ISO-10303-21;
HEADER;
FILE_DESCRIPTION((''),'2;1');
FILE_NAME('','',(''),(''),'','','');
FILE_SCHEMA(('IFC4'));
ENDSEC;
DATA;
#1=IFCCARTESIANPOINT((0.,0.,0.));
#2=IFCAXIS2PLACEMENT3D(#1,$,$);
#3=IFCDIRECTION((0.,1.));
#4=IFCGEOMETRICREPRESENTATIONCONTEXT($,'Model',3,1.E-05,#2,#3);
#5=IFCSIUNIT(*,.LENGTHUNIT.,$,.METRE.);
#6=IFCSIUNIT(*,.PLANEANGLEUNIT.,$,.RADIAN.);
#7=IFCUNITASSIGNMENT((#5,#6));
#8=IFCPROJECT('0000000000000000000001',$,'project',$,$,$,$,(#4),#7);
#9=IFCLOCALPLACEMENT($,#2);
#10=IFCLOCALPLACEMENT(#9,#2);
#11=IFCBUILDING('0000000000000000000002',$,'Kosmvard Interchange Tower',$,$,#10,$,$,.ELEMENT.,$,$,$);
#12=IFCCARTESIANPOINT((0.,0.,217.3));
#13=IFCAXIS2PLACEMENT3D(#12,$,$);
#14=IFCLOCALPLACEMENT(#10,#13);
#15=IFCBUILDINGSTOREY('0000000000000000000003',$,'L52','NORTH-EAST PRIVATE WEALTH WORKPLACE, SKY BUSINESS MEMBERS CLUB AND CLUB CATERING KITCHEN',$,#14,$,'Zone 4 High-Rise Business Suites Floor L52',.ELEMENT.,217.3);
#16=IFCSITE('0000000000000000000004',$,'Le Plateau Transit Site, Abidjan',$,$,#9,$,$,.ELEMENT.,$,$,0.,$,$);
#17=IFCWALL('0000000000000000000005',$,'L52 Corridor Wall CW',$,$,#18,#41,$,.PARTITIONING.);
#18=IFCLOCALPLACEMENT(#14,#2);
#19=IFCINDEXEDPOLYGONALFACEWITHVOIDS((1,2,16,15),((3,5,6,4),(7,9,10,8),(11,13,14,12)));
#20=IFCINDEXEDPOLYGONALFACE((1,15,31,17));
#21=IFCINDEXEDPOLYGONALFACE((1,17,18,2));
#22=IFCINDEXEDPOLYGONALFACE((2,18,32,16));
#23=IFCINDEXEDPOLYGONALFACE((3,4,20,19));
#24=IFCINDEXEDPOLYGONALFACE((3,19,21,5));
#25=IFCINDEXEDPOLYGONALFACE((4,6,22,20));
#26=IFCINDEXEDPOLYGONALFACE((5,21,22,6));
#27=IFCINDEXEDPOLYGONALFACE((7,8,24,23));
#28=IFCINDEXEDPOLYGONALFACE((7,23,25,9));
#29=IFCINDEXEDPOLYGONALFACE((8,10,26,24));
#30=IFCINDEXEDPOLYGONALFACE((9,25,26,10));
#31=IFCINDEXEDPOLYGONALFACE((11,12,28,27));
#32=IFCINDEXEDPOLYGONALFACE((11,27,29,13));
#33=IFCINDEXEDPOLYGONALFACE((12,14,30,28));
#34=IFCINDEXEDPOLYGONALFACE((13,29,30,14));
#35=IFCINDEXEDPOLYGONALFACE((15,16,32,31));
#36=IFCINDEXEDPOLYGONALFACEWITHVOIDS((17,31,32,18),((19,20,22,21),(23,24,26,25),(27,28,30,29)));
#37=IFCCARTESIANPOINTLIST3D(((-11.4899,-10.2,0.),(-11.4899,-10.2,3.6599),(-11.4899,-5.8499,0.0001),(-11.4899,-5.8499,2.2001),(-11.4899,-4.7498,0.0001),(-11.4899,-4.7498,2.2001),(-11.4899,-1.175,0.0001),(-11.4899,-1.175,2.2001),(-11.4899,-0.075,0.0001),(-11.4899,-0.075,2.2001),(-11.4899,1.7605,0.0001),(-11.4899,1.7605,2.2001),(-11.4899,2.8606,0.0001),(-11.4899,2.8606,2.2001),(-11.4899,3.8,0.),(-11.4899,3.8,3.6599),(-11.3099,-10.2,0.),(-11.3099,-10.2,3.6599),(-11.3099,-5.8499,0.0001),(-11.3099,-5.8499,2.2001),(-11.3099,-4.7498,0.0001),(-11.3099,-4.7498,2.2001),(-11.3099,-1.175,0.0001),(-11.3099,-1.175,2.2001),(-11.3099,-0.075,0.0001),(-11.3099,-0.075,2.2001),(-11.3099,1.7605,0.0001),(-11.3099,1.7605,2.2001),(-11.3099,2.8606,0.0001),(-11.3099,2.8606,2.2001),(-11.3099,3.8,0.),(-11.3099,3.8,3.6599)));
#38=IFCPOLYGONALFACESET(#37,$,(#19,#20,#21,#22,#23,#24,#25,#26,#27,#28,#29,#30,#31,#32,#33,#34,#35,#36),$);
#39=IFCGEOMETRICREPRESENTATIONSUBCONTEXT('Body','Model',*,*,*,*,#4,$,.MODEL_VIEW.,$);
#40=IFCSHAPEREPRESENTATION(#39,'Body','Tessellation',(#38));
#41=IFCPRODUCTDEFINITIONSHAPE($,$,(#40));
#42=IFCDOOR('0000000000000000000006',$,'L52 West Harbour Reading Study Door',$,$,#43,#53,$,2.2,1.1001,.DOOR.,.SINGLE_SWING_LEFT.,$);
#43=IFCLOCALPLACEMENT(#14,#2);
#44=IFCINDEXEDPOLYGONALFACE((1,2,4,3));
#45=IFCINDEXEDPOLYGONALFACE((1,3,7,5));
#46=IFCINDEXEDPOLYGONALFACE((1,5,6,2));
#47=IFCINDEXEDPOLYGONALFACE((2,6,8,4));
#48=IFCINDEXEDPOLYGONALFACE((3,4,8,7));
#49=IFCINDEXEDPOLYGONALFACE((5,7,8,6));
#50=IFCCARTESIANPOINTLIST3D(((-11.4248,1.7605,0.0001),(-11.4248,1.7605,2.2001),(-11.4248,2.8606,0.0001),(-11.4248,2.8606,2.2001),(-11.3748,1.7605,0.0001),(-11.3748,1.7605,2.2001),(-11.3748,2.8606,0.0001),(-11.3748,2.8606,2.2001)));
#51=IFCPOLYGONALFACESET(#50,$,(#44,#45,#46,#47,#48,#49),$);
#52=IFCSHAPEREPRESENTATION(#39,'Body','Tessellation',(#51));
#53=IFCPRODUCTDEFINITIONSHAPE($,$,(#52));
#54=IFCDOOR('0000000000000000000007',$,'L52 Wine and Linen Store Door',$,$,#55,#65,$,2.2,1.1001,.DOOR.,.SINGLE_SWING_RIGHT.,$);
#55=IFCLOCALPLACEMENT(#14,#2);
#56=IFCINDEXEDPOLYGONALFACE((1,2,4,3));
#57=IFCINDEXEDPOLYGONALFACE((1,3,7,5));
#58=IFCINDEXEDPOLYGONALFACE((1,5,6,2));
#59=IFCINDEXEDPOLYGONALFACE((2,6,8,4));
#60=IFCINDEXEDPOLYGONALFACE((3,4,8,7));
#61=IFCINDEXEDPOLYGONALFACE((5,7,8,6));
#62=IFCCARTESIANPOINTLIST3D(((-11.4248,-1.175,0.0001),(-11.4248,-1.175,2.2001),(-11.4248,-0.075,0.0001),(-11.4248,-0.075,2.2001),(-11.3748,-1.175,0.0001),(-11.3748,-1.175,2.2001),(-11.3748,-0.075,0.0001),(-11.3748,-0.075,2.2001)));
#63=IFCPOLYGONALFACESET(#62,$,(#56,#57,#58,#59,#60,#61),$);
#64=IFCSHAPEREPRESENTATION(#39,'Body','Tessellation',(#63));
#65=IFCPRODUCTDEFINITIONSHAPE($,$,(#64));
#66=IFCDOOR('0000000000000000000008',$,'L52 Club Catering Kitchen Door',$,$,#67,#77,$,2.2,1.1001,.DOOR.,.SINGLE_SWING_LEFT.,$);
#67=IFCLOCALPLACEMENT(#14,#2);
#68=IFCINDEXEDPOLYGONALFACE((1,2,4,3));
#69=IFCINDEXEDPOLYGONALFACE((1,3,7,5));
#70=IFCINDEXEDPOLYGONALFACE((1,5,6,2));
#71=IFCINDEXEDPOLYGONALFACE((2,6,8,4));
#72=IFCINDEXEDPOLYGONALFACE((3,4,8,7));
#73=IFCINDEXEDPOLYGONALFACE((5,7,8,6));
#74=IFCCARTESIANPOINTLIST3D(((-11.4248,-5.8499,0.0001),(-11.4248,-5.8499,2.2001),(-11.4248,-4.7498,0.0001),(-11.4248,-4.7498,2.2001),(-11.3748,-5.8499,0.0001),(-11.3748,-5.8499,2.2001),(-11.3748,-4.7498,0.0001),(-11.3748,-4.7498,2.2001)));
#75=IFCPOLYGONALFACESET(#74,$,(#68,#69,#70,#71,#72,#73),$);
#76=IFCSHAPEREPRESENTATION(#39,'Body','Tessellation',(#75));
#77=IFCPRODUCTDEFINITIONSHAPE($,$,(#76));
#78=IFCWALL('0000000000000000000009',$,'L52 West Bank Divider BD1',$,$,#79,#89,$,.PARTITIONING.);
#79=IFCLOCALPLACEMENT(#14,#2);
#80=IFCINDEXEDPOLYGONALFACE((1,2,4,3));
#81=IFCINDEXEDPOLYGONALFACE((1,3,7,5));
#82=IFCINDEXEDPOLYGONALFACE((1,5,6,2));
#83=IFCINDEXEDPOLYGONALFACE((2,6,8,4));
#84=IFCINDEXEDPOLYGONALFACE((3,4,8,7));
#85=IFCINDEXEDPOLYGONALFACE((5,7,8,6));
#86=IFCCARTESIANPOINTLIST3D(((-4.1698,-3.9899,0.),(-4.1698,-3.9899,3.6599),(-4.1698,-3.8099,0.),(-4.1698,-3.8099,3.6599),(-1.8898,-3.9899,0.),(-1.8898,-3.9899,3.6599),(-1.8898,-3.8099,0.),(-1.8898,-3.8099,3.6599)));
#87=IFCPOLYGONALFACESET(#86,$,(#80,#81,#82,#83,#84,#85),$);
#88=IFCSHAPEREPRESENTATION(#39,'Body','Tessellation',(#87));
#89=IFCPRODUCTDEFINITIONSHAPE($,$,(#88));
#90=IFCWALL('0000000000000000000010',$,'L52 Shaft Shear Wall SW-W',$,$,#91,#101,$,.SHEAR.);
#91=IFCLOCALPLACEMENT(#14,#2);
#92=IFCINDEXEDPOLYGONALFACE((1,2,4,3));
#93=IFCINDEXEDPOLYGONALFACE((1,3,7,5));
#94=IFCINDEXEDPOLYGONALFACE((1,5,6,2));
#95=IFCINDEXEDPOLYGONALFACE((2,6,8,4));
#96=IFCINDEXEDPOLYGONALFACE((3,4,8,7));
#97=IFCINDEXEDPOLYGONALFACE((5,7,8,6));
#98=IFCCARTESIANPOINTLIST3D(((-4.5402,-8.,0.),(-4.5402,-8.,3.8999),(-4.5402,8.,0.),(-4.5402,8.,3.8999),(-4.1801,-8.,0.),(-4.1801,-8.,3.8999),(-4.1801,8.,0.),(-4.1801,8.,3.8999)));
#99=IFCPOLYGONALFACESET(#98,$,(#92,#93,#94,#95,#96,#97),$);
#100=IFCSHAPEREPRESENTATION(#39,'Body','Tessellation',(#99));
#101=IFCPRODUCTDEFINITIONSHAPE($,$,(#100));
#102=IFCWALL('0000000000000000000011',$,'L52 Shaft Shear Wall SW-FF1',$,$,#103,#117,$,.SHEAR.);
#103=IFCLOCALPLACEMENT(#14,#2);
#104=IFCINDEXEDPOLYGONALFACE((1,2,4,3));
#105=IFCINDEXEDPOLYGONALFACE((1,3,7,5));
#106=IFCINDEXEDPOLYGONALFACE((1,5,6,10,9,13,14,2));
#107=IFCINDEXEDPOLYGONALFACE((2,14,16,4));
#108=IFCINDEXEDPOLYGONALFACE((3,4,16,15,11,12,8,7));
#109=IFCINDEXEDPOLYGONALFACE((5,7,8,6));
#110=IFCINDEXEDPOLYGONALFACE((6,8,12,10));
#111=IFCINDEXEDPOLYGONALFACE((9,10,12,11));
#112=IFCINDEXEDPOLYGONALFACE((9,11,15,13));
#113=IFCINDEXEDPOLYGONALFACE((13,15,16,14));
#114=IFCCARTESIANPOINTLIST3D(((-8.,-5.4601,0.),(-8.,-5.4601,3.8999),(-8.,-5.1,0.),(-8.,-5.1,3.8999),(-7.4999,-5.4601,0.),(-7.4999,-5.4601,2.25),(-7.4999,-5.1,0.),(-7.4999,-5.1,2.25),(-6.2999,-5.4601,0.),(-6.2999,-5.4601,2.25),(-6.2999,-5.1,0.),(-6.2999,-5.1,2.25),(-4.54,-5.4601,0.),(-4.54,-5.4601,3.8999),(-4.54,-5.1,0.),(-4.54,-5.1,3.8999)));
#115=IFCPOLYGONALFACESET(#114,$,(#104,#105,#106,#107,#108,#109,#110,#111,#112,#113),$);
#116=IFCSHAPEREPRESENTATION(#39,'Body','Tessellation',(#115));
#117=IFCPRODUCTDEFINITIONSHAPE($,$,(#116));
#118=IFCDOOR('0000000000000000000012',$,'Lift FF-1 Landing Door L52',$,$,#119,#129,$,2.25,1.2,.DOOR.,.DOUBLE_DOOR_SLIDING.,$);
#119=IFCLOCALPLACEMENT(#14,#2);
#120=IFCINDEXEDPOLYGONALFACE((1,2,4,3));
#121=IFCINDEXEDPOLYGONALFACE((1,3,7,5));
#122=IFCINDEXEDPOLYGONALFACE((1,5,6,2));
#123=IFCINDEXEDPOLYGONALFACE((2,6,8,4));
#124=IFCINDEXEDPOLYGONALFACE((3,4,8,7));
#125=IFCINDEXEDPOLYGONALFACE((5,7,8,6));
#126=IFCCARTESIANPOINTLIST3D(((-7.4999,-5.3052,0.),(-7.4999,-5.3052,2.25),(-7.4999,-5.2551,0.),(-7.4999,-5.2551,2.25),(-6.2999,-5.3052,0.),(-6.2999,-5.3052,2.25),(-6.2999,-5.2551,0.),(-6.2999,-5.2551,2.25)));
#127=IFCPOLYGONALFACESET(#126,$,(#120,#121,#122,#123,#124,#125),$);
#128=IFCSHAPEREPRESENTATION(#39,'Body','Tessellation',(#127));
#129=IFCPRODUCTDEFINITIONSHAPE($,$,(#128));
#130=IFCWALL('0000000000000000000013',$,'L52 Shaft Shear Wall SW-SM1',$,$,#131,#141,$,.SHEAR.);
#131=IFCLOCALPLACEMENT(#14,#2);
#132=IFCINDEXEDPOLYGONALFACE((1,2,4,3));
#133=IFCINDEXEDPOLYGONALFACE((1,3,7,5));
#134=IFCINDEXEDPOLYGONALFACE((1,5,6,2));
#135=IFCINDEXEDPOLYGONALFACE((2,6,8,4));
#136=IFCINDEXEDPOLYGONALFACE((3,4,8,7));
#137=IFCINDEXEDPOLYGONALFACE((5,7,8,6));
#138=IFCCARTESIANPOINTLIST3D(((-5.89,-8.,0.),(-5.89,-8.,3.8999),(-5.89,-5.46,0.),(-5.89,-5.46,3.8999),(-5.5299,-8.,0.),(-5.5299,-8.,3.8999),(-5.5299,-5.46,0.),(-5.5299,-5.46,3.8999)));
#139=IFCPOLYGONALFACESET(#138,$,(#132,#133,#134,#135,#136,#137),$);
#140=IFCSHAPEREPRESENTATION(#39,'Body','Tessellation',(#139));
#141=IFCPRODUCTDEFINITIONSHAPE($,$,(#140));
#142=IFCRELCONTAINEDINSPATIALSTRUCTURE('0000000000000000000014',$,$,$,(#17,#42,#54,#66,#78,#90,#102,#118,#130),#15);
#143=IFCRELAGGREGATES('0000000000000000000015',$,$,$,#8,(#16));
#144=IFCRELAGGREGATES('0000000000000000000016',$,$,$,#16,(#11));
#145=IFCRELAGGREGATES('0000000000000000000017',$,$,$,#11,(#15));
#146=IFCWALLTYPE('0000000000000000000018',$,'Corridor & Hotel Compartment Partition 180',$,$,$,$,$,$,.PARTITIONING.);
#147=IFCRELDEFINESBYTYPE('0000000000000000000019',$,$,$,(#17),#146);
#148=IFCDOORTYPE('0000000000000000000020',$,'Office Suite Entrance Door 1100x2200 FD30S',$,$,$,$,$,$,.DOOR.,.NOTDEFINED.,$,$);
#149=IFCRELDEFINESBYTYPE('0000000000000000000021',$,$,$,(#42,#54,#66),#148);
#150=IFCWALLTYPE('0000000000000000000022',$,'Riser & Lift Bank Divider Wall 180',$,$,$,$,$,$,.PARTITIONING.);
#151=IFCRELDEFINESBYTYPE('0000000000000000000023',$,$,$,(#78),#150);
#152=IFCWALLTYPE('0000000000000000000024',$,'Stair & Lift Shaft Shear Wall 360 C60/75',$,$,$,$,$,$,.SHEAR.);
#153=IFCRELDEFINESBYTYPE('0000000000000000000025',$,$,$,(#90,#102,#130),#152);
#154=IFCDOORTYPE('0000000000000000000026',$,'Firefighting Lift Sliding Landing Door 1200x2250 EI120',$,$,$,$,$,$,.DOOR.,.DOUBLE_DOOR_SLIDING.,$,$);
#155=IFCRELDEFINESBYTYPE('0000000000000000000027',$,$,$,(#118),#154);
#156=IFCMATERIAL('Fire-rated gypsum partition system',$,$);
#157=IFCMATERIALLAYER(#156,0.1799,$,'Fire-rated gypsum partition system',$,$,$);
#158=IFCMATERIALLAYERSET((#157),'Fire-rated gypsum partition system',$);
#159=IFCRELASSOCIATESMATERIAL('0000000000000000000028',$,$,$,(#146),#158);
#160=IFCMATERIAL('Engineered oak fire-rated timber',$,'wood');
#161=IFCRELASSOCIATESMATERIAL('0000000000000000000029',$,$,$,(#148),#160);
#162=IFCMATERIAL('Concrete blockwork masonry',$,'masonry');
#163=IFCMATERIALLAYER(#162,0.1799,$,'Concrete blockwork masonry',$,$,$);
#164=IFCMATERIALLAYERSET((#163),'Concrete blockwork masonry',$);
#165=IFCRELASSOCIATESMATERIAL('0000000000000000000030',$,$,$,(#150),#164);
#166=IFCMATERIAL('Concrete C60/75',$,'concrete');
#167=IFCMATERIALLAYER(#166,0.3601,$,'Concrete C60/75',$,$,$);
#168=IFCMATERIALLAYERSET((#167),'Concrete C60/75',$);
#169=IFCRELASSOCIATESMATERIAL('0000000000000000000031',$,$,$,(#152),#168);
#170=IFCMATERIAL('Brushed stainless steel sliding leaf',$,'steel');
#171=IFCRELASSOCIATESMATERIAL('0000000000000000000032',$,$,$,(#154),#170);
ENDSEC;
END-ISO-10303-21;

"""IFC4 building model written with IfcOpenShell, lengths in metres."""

from ifc_helpers import new_model, si_unit, direction, frame, frame_2d, origin, place, context, subcontext, project, spatial, rectangle, extrude, source, transform, mapped, material, layer, layer_set, type_object, element, fill, save


model = new_model("IFC4")

# Units and contexts
model_context = context("Model", 3, precision=1e-05, world=origin(), true_north=direction((0.0, 1.0)))
body_context = subcontext(model_context, "Body", "Model", "MODEL_VIEW")
ifc_project = project(units=[si_unit("LENGTHUNIT", "METRE"), si_unit("PLANEANGLEUNIT", "RADIAN")], contexts=[model_context])

# Site, building, storey
site_placement = place(None, origin())
site = spatial("IfcSite", under=ifc_project, at=site_placement, Name="Le Plateau Transit Site, Abidjan", CompositionType="ELEMENT", RefElevation=0.0)
building_placement = place(site_placement, origin())
building = spatial("IfcBuilding", under=site, at=building_placement, Name="Kosmvard Interchange Tower", CompositionType="ELEMENT")
storey_placement = place(building_placement, frame((0.0, 0.0, 217.3)))
storey = spatial("IfcBuildingStorey", under=building, at=storey_placement, Name="L52", Description="NORTH-EAST PRIVATE WEALTH WORKPLACE, SKY BUSINESS MEMBERS CLUB AND CLUB CATERING KITCHEN", LongName="Zone 4 High-Rise Business Suites Floor L52", CompositionType="ELEMENT", Elevation=217.3)

# Shared definitions
ifc_material_1 = material(Name="Concrete C60/75", Category="concrete")

# Wall, openings, doors
ifc_material_2 = material(Name="Fire-rated gypsum partition system")
ifc_layer_1 = layer(ifc_material_2, 0.1799, Name="Fire-rated gypsum partition system")
ifc_layer_set_1 = layer_set([ifc_layer_1], Name="Fire-rated gypsum partition system")
wall_type_1 = type_object("IfcWallType", Name="Corridor & Hotel Compartment Partition 180", PredefinedType="PARTITIONING", material=ifc_layer_set_1)
ifc_material_3 = material(Name="Brushed stainless steel sliding leaf", Category="steel")
shared_shape_1 = source(origin(), body_context, "Body", "SweptSolid", [
    extrude(rectangle(XDim=1.1001, YDim=2.2, at=frame_2d((0.55, 1.1001))), frame((0.0, 0.0249, 0.0), z_axis=(0.0, -1.0, 0.0), x_axis=(1.0, 0.0, 0.0)), (0.0, 0.0, 1.0), 0.05),
])
ifc_material_4 = material(Name="Engineered oak fire-rated timber", Category="wood")
door_type_1 = type_object("IfcDoorType", Name="Office Suite Entrance Door 1100x2200 FD30S", OperationType="NOTDEFINED", PredefinedType="DOOR", material=ifc_material_4)
wall_1_placement = place(storey_placement, frame((-11.3999, -10.2, 0.0), z_axis=(0.0, 0.0, 1.0), x_axis=(0.0, 1.0, 0.0)))
wall_1 = element("IfcWall", 1, at=wall_1_placement, inside=storey, type_object=wall_type_1, Name="L52 Corridor Wall CW", PredefinedType="PARTITIONING", context=body_context, shape_type="SweptSolid", body=[
    extrude(rectangle(XDim=14.0, YDim=0.1799, at=frame_2d((7.0, 0.0))), origin(), (0.0, 0.0, 1.0), 3.6599),
])
opening_1_placement = place(wall_1_placement, frame((11.9604, 0.0, 0.0)))
opening_1 = element("IfcOpeningElement", 2, at=opening_1_placement, cuts=wall_1, PredefinedType="OPENING", context=body_context, shape_type="SweptSolid", body=[
    extrude(rectangle(XDim=1.1001, YDim=2.2, at=frame_2d((0.55, 1.1001))), frame((0.0, 0.1001, 0.0), z_axis=(0.0, -1.0, 0.0), x_axis=(1.0, 0.0, 0.0)), (0.0, 0.0, 1.0), 0.2),
])
opening_2_placement = place(wall_1_placement, frame((9.0249, 0.0, 0.0)))
opening_2 = element("IfcOpeningElement", 3, at=opening_2_placement, cuts=wall_1, PredefinedType="OPENING", context=body_context, shape_type="SweptSolid", body=[
    extrude(rectangle(XDim=1.1001, YDim=2.2, at=frame_2d((0.55, 1.1001))), frame((0.0, 0.1001, 0.0), z_axis=(0.0, -1.0, 0.0), x_axis=(1.0, 0.0, 0.0)), (0.0, 0.0, 1.0), 0.2),
])
opening_3_placement = place(wall_1_placement, frame((4.3501, 0.0, 0.0)))
opening_3 = element("IfcOpeningElement", 4, at=opening_3_placement, cuts=wall_1, PredefinedType="OPENING", context=body_context, shape_type="SweptSolid", body=[
    extrude(rectangle(XDim=1.1001, YDim=2.2, at=frame_2d((0.55, 1.1001))), frame((0.0, 0.1001, 0.0), z_axis=(0.0, -1.0, 0.0), x_axis=(1.0, 0.0, 0.0)), (0.0, 0.0, 1.0), 0.2),
])
door_1_placement = place(opening_1_placement, origin())
door_1 = element("IfcDoor", 5, at=door_1_placement, inside=storey, type_object=door_type_1, Name="L52 West Harbour Reading Study Door", OperationType="SINGLE_SWING_LEFT", OverallHeight=2.2, OverallWidth=1.1001, PredefinedType="DOOR", context=body_context, shape_type="MappedRepresentation", body=[
    mapped(shared_shape_1, transform((0.0, 0.0, 0.0), scale=1.0)),
])
fill(opening_1, door_1)
door_2_placement = place(opening_2_placement, origin())
door_2 = element("IfcDoor", 6, at=door_2_placement, inside=storey, type_object=door_type_1, Name="L52 Wine and Linen Store Door", OperationType="SINGLE_SWING_RIGHT", OverallHeight=2.2, OverallWidth=1.1001, PredefinedType="DOOR", context=body_context, shape_type="MappedRepresentation", body=[
    mapped(shared_shape_1, transform((0.0, 0.0, 0.0), scale=1.0)),
])
fill(opening_2, door_2)
door_3_placement = place(opening_3_placement, origin())
door_3 = element("IfcDoor", 7, at=door_3_placement, inside=storey, type_object=door_type_1, Name="L52 Club Catering Kitchen Door", OperationType="SINGLE_SWING_LEFT", OverallHeight=2.2, OverallWidth=1.1001, PredefinedType="DOOR", context=body_context, shape_type="MappedRepresentation", body=[
    mapped(shared_shape_1, transform((0.0, 0.0, 0.0), scale=1.0)),
])
fill(opening_3, door_3)

# Walls
ifc_material_5 = material(Name="Concrete blockwork masonry", Category="masonry")
ifc_layer_2 = layer(ifc_material_5, 0.1799, Name="Concrete blockwork masonry")
ifc_layer_set_2 = layer_set([ifc_layer_2], Name="Concrete blockwork masonry")
wall_type_2 = type_object("IfcWallType", Name="Riser & Lift Bank Divider Wall 180", PredefinedType="PARTITIONING", material=ifc_layer_set_2)
wall_2_placement = place(storey_placement, frame((-4.1699, -3.8999, 0.0), z_axis=(0.0, 0.0, 1.0), x_axis=(1.0, 0.0, 0.0)))
element("IfcWall", 8, at=wall_2_placement, inside=storey, type_object=wall_type_2, Name="L52 West Bank Divider BD1", PredefinedType="PARTITIONING", context=body_context, shape_type="SweptSolid", body=[
    extrude(rectangle(XDim=2.28, YDim=0.1799, at=frame_2d((1.1401, 0.0))), origin(), (0.0, 0.0, 1.0), 3.6599),
])
ifc_layer_3 = layer(ifc_material_1, 0.3601, Name="Concrete C60/75")
ifc_layer_set_3 = layer_set([ifc_layer_3], Name="Concrete C60/75")
wall_type_3 = type_object("IfcWallType", Name="Stair & Lift Shaft Shear Wall 360 C60/75", PredefinedType="SHEAR", material=ifc_layer_set_3)
wall_3_placement = place(storey_placement, frame((-4.3601, -8.0, 0.0), z_axis=(0.0, 0.0, 1.0), x_axis=(0.0, 1.0, 0.0)))
element("IfcWall", 9, at=wall_3_placement, inside=storey, type_object=wall_type_3, Name="L52 Shaft Shear Wall SW-W", PredefinedType="SHEAR", context=body_context, shape_type="SweptSolid", body=[
    extrude(rectangle(XDim=16.0, YDim=0.3601, at=frame_2d((8.0, 0.0))), origin(), (0.0, 0.0, 1.0), 3.8999),
])

# Wall, opening, door
wall_4_placement = place(storey_placement, frame((-8.0, -5.28, 0.0), z_axis=(0.0, 0.0, 1.0), x_axis=(1.0, 0.0, 0.0)))
wall_4 = element("IfcWall", 10, at=wall_4_placement, inside=storey, type_object=wall_type_3, Name="L52 Shaft Shear Wall SW-FF1", PredefinedType="SHEAR", context=body_context, shape_type="SweptSolid", body=[
    extrude(rectangle(XDim=3.46, YDim=0.3601, at=frame_2d((1.73, 0.0))), origin(), (0.0, 0.0, 1.0), 3.8999),
])
opening_4_placement = place(wall_4_placement, frame((0.5, 0.0, 0.0)))
opening_4 = element("IfcOpeningElement", 11, at=opening_4_placement, cuts=wall_4, PredefinedType="OPENING", context=body_context, shape_type="SweptSolid", body=[
    extrude(rectangle(XDim=1.2, YDim=2.25, at=frame_2d((0.6001, 1.125))), frame((0.0, 0.1899, 0.0), z_axis=(0.0, -1.0, 0.0), x_axis=(1.0, 0.0, 0.0)), (0.0, 0.0, 1.0), 0.3801),
])
door_type_2 = type_object("IfcDoorType", Name="Firefighting Lift Sliding Landing Door 1200x2250 EI120", OperationType="DOUBLE_DOOR_SLIDING", PredefinedType="DOOR", material=ifc_material_3)
shared_shape_2 = source(origin(), body_context, "Body", "SweptSolid", [
    extrude(rectangle(XDim=1.2, YDim=2.25, at=frame_2d((0.6001, 1.125))), frame((0.0, 0.0249, 0.0), z_axis=(0.0, -1.0, 0.0), x_axis=(1.0, 0.0, 0.0)), (0.0, 0.0, 1.0), 0.05),
])
door_4_placement = place(opening_4_placement, origin())
door_4 = element("IfcDoor", 12, at=door_4_placement, inside=storey, type_object=door_type_2, Name="Lift FF-1 Landing Door L52", OperationType="DOUBLE_DOOR_SLIDING", OverallHeight=2.25, OverallWidth=1.2, PredefinedType="DOOR", context=body_context, shape_type="MappedRepresentation", body=[
    mapped(shared_shape_2, transform((0.0, 0.0, 0.0), scale=1.0)),
])
fill(opening_4, door_4)

# Wall
wall_5_placement = place(storey_placement, frame((-5.71, -8.0, 0.0), z_axis=(0.0, 0.0, 1.0), x_axis=(0.0, 1.0, 0.0)))
element("IfcWall", 13, at=wall_5_placement, inside=storey, type_object=wall_type_3, Name="L52 Shaft Shear Wall SW-SM1", PredefinedType="SHEAR", context=body_context, shape_type="SweptSolid", body=[
    extrude(rectangle(XDim=2.54, YDim=0.3601, at=frame_2d((1.27, 0.0))), origin(), (0.0, 0.0, 1.0), 3.8999),
])

save(model, "model.ifc")
